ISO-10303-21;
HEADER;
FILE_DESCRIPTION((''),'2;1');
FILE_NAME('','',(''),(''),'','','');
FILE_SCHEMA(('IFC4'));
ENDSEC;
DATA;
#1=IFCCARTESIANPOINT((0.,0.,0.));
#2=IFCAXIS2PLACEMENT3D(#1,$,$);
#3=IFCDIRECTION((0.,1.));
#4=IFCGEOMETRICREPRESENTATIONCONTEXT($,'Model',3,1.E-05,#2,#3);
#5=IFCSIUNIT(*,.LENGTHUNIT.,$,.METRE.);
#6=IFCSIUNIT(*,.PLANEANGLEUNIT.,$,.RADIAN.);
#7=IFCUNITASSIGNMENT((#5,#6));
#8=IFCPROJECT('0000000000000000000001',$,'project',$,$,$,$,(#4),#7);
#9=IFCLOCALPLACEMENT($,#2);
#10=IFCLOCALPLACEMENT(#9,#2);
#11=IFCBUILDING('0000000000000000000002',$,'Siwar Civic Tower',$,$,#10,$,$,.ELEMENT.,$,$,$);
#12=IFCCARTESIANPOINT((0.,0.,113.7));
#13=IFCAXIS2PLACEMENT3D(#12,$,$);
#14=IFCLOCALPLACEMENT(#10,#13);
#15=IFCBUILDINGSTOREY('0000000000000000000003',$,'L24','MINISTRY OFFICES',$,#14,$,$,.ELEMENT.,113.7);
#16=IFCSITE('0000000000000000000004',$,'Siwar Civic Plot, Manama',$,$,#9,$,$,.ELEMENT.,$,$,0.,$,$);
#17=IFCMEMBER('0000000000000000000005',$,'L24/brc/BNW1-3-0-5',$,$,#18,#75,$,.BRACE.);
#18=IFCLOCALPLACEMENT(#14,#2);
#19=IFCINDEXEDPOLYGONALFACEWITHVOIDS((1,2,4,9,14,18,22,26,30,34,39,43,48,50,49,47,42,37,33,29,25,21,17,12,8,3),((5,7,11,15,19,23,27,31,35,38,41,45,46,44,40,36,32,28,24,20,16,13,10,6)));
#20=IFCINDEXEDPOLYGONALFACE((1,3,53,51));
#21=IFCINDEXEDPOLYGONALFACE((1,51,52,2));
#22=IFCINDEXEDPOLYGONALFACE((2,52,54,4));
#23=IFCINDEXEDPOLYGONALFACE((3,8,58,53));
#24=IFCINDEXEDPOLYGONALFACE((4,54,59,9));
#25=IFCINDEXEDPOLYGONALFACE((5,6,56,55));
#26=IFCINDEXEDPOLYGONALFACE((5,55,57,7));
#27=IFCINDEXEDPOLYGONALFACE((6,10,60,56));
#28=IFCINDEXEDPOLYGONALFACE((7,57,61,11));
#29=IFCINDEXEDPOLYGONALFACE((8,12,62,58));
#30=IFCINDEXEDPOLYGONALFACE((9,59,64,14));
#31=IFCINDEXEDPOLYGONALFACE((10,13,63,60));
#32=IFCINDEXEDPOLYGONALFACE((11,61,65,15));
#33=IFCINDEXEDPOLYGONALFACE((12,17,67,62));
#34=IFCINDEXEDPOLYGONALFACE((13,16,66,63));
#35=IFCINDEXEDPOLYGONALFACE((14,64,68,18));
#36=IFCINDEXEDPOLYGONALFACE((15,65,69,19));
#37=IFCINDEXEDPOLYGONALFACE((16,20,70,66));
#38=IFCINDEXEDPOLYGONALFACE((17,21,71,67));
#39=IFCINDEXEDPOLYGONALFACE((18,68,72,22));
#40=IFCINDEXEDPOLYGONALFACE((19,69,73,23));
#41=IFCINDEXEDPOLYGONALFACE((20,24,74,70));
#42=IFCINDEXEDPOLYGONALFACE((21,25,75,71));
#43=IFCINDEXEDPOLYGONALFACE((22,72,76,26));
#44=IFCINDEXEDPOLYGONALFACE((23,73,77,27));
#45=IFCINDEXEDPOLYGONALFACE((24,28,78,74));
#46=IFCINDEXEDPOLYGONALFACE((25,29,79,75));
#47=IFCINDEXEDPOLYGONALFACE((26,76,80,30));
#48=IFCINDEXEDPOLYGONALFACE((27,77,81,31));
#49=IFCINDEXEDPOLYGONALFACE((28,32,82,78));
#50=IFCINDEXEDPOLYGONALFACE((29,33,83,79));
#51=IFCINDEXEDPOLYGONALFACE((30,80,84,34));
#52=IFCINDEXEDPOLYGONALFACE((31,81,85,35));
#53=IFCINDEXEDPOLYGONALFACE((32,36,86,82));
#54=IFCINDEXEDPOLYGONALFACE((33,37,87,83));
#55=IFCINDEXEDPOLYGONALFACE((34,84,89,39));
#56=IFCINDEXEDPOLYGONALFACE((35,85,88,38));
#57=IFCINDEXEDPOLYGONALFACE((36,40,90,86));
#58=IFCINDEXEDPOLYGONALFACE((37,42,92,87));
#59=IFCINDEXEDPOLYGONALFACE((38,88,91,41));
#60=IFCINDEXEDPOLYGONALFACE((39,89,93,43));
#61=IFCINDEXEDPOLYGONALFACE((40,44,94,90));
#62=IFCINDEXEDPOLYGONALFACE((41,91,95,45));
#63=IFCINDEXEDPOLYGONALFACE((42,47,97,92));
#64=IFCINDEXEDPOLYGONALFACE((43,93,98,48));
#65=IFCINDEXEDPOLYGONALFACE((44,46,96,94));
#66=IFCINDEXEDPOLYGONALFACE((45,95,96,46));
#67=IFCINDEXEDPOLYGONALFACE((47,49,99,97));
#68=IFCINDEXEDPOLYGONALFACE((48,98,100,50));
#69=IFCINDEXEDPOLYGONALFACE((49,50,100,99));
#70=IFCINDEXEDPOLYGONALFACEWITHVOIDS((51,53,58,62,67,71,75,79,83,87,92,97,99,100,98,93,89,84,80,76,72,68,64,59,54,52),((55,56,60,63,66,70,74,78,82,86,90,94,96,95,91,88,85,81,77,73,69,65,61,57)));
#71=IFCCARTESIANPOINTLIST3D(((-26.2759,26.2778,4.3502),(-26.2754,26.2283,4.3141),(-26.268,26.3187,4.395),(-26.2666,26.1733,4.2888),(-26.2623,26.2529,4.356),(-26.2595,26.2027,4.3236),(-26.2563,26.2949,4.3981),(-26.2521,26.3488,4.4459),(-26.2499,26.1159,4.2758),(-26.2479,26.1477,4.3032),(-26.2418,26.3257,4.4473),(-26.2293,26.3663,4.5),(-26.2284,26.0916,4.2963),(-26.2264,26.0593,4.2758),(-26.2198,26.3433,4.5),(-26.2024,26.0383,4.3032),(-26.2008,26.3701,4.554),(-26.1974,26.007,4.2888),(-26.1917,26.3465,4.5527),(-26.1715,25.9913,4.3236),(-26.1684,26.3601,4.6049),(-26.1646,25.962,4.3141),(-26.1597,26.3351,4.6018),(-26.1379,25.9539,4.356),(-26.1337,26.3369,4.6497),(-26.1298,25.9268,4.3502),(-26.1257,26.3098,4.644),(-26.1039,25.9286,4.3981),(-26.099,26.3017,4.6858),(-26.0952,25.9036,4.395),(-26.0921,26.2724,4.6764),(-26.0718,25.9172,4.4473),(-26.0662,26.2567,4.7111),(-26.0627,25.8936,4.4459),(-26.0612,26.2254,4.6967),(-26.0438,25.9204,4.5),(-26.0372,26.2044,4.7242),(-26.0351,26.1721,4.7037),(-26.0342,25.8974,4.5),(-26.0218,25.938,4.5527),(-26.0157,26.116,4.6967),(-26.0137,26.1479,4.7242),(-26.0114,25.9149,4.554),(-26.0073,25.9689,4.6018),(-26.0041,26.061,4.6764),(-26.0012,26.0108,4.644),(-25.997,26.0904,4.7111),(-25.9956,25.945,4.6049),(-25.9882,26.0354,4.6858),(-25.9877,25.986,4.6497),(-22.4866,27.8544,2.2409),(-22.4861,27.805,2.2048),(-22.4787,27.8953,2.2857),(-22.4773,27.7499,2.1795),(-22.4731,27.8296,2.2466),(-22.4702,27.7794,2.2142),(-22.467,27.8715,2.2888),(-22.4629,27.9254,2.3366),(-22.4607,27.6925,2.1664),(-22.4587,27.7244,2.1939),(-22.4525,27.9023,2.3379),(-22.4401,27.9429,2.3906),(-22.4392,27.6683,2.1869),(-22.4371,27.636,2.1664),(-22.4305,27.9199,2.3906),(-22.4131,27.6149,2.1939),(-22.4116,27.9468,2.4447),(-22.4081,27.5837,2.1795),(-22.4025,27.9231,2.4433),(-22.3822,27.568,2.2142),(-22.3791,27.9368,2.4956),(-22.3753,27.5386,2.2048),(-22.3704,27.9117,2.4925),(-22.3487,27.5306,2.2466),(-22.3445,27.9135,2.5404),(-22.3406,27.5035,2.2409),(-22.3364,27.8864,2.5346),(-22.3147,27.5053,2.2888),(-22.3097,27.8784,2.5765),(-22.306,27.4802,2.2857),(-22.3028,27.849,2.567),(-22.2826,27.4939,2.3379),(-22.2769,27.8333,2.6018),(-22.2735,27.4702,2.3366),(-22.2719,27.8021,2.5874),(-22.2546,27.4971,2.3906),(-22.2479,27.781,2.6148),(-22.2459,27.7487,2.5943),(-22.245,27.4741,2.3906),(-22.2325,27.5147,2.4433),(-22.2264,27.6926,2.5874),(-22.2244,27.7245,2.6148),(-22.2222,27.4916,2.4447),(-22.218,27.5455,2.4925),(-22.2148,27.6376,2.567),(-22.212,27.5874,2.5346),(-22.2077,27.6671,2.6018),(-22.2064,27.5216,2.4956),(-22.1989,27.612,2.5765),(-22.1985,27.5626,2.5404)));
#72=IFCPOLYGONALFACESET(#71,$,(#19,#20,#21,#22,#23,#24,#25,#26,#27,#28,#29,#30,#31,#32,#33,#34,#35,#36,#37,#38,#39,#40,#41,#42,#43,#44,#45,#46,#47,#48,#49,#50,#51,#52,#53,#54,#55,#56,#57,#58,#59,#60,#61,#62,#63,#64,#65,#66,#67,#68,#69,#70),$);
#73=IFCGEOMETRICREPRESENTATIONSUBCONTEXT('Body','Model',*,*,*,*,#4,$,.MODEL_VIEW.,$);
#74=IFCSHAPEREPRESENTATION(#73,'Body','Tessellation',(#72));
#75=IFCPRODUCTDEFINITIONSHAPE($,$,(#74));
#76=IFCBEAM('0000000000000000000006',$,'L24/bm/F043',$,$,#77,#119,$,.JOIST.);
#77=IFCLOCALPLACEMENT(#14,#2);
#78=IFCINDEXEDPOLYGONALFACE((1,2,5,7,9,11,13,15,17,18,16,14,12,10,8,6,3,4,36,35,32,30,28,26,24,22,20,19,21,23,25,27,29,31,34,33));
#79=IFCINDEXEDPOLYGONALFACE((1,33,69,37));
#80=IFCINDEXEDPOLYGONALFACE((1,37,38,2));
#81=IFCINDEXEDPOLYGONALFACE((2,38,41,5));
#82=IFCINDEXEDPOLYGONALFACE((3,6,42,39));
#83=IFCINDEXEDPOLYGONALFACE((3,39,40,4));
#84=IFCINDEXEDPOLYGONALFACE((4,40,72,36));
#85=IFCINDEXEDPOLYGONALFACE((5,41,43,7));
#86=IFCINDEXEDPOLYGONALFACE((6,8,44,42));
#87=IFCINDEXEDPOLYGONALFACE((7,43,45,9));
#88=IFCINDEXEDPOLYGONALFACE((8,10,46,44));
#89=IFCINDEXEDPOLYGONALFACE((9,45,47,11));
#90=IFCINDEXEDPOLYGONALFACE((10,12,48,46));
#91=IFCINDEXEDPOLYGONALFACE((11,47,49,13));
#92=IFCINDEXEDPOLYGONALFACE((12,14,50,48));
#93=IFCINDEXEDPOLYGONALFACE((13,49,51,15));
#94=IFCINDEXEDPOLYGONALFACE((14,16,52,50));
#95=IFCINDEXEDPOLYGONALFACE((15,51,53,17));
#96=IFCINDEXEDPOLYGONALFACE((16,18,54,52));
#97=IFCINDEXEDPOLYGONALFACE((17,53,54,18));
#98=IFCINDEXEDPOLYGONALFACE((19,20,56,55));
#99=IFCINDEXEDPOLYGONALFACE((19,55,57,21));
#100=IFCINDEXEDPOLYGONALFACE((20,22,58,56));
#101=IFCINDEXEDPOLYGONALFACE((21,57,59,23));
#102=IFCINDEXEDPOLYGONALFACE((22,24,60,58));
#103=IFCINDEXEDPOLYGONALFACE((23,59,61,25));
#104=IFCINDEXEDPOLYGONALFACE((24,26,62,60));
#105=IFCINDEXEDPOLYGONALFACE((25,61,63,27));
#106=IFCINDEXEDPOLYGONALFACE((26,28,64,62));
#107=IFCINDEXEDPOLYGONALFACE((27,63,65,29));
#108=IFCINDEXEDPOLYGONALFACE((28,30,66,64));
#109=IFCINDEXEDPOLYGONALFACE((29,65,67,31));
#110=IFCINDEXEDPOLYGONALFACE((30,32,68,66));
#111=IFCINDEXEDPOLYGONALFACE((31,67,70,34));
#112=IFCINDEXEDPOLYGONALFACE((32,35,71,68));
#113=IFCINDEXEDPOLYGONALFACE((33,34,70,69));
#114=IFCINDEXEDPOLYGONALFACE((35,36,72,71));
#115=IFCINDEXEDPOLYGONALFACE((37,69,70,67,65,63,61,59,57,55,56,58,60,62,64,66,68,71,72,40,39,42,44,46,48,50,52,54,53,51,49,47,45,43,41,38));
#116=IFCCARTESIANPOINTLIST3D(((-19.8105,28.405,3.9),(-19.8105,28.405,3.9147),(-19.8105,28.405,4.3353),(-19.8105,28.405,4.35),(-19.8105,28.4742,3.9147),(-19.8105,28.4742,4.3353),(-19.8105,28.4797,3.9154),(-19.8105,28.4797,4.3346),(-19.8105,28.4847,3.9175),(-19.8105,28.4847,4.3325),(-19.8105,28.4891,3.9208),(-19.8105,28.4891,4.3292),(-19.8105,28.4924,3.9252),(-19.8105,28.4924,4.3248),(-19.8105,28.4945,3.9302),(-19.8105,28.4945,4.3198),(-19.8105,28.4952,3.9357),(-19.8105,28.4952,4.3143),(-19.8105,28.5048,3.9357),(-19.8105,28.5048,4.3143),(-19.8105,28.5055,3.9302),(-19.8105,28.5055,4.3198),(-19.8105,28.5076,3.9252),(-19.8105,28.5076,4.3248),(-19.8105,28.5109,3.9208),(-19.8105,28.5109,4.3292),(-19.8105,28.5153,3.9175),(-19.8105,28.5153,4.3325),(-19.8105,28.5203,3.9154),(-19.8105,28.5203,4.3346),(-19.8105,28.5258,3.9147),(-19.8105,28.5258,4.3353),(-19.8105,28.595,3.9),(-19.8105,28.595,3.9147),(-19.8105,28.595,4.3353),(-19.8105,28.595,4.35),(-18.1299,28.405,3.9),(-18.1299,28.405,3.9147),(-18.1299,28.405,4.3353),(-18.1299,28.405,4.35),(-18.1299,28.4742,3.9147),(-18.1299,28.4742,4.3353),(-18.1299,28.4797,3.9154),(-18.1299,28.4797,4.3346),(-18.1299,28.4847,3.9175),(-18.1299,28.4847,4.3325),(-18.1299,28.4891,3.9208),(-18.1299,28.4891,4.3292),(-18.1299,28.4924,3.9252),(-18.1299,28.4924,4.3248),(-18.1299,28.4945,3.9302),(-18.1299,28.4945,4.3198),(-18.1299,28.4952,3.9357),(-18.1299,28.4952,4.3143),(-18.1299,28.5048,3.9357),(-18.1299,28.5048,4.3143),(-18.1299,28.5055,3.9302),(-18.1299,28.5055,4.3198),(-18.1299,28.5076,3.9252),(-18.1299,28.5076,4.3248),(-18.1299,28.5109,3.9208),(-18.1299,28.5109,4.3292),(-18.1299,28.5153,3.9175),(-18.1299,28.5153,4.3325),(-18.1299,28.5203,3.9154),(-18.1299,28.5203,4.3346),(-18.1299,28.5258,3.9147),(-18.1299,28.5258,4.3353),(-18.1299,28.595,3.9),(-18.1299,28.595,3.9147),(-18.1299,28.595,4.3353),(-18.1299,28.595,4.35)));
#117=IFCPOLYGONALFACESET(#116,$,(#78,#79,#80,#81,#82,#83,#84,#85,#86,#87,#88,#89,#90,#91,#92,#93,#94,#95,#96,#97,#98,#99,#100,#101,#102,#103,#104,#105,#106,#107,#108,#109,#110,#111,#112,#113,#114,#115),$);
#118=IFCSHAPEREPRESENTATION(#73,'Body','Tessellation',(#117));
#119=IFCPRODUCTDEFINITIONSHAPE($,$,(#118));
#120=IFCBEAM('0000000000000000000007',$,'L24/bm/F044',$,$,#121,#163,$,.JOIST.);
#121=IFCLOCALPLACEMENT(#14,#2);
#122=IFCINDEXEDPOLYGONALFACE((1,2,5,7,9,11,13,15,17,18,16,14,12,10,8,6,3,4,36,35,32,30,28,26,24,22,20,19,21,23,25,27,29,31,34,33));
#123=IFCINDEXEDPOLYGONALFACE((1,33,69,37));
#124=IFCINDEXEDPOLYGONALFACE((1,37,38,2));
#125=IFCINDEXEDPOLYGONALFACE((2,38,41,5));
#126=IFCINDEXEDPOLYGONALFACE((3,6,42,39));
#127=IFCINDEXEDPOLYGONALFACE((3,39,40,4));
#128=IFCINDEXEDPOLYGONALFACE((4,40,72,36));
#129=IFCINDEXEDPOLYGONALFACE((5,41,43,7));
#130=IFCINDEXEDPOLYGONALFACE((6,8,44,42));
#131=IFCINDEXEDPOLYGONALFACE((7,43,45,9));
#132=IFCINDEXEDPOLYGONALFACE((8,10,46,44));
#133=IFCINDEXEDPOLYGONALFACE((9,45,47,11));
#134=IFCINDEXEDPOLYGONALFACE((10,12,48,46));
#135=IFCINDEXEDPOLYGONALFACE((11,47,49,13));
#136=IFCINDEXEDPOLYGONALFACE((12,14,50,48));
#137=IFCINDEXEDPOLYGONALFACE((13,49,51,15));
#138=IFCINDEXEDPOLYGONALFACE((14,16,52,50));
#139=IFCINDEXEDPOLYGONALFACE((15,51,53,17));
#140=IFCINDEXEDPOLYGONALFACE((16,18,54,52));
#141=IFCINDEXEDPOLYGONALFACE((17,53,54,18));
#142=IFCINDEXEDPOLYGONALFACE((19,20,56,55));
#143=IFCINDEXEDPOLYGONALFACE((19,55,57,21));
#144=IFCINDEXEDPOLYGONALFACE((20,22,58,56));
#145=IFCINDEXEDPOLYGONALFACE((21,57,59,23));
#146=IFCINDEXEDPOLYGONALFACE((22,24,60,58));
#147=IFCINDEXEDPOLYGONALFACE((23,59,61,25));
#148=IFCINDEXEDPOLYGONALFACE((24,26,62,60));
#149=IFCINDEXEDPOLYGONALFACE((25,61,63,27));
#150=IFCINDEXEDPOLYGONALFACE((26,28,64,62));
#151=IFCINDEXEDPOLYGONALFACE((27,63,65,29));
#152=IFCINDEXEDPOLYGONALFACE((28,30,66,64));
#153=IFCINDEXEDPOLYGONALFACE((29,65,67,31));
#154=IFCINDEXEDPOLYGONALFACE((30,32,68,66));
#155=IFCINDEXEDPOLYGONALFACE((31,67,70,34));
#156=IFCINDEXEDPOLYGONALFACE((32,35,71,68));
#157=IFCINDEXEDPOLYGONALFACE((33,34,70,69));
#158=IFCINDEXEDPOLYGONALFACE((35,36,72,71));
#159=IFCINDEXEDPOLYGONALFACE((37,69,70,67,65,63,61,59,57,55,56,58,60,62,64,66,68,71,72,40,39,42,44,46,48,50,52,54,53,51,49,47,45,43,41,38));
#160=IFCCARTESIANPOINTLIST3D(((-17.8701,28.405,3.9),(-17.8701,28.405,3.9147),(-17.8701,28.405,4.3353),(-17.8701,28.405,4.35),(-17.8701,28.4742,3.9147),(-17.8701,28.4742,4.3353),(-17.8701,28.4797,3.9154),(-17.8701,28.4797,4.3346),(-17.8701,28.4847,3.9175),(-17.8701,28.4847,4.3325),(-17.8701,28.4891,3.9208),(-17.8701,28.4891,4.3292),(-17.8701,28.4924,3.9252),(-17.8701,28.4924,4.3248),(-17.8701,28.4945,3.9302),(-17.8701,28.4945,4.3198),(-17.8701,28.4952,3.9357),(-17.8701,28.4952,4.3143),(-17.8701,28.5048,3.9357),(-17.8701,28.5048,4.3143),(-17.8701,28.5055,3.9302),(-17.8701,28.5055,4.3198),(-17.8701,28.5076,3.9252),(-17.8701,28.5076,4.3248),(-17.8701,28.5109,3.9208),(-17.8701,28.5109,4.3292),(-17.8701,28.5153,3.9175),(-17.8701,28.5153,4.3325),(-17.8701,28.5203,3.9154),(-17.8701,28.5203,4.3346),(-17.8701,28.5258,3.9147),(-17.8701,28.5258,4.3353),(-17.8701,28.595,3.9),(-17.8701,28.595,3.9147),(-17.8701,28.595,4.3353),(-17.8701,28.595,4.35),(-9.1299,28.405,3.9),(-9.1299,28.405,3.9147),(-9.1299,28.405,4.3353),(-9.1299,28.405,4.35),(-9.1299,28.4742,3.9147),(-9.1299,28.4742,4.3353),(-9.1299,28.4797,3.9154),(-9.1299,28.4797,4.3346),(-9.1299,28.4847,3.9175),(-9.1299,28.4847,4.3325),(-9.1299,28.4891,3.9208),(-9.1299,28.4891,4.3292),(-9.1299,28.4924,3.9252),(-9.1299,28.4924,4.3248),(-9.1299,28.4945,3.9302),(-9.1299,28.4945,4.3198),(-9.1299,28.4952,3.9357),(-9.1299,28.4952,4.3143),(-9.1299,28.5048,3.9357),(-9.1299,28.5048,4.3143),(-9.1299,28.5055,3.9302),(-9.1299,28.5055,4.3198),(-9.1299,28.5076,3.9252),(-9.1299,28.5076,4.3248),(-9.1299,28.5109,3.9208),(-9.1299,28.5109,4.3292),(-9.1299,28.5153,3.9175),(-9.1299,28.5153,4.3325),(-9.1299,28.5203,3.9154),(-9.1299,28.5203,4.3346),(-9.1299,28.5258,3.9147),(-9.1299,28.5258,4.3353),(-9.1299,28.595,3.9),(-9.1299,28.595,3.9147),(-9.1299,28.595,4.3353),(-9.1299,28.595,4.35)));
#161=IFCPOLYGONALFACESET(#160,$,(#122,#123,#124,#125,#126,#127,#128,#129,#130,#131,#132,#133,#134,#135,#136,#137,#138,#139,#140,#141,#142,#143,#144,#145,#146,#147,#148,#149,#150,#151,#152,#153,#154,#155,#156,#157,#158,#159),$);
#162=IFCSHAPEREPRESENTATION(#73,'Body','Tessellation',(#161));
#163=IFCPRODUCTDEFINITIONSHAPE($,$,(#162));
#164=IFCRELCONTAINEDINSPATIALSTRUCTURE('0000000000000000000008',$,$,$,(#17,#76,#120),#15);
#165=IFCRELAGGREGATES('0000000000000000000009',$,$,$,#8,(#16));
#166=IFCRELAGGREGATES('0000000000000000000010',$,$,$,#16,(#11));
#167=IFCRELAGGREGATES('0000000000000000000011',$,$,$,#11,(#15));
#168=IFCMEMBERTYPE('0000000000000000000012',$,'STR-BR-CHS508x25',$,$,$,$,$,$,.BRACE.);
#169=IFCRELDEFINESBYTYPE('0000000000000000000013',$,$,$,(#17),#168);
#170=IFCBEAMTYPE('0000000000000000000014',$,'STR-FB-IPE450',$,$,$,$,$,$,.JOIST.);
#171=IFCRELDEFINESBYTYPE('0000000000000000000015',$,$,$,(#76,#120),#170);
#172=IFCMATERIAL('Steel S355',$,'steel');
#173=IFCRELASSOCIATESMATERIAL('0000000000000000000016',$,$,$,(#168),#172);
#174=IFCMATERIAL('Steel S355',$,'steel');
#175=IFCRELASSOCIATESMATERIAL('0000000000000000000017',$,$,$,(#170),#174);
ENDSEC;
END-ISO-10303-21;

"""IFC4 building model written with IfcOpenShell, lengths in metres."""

from ifc_helpers import new_model, si_unit, direction, frame, origin, origin_2d, place, context, subcontext, project, spatial, hollow_circle, i_section, extrude, material, material_profile, profile_set, type_object, element, save


model = new_model("IFC4")

# Units and contexts
model_context = context("Model", 3, precision=1e-05, world=origin(), true_north=direction((0.0, 1.0)))
body_context = subcontext(model_context, "Body", "Model", "MODEL_VIEW")
ifc_project = project(units=[si_unit("LENGTHUNIT", "METRE"), si_unit("PLANEANGLEUNIT", "RADIAN")], contexts=[model_context])

# Site, building, storey
site_placement = place(None, origin())
site = spatial("IfcSite", under=ifc_project, at=site_placement, Name="Siwar Civic Plot, Manama", CompositionType="ELEMENT", RefElevation=0.0)
building_placement = place(site_placement, origin())
building = spatial("IfcBuilding", under=site, at=building_placement, Name="Siwar Civic Tower", CompositionType="ELEMENT")
storey_placement = place(building_placement, frame((0.0, 0.0, 113.7)))
storey = spatial("IfcBuildingStorey", under=building, at=storey_placement, Name="L24", Description="MINISTRY OFFICES", CompositionType="ELEMENT", Elevation=113.7)

# Member
ifc_material_1 = material(Name="Steel S355", Category="steel")
ifc_material_profile_1 = material_profile(ifc_material_1, hollow_circle(Radius=0.2539, WallThickness=0.0249, at=origin_2d()), Name="CHS508x25")
ifc_profile_set_1 = profile_set([ifc_material_profile_1], Name="Steel S355")
member_type_1 = type_object("IfcMemberType", Name="STR-BR-CHS508x25", PredefinedType="BRACE", material=ifc_profile_set_1)
for number, where, z_axis, x_axis, name in (
    (1, (-22.3425, 27.7085, 2.3906), (-0.821163, -0.341671, 0.457113), (0.384155, -0.923269, 0.0), "L24/brc/BNW1-3-0-5"),
):
    element("IfcMember", number, at=place(storey_placement, frame(where, z_axis=z_axis, x_axis=x_axis)), inside=storey, type_object=member_type_1, Name=name, PredefinedType="BRACE", context=body_context, shape_type="SweptSolid", body=[
        extrude(hollow_circle(Radius=0.2539, WallThickness=0.0249, at=origin_2d()), origin(), (0.0, 0.0, 1.0), 4.6145),
    ])

# Beams
ifc_material_2 = material(Name="Steel S355", Category="steel")
ifc_material_profile_2 = material_profile(ifc_material_2, i_section(OverallWidth=0.1899, OverallDepth=0.45, WebThickness=0.0095, FlangeThickness=0.0146, FilletRadius=0.021, at=origin_2d()), Name="IPE450")
ifc_profile_set_2 = profile_set([ifc_material_profile_2], Name="Steel S355")
beam_type_1 = type_object("IfcBeamType", Name="STR-FB-IPE450", PredefinedType="JOIST", material=ifc_profile_set_2)
beam_1_placement = place(storey_placement, frame((-19.8105, 28.5, 4.125), z_axis=(1.0, 0.0, 0.0), x_axis=(0.0, 1.0, 0.0)))
element("IfcBeam", 2, at=beam_1_placement, inside=storey, type_object=beam_type_1, Name="L24/bm/F043", PredefinedType="JOIST", context=body_context, shape_type="SweptSolid", body=[
    extrude(i_section(OverallWidth=0.1899, OverallDepth=0.45, WebThickness=0.0095, FlangeThickness=0.0146, FilletRadius=0.021, at=origin_2d()), origin(), (0.0, 0.0, 1.0), 1.6807),
])
beam_2_placement = place(storey_placement, frame((-17.8701, 28.5, 4.125), z_axis=(1.0, 0.0, 0.0), x_axis=(0.0, 1.0, 0.0)))
element("IfcBeam", 3, at=beam_2_placement, inside=storey, type_object=beam_type_1, Name="L24/bm/F044", PredefinedType="JOIST", context=body_context, shape_type="SweptSolid", body=[
    extrude(i_section(OverallWidth=0.1899, OverallDepth=0.45, WebThickness=0.0095, FlangeThickness=0.0146, FilletRadius=0.021, at=origin_2d()), origin(), (0.0, 0.0, 1.0), 8.7402),
])

save(model, "model.ifc")
